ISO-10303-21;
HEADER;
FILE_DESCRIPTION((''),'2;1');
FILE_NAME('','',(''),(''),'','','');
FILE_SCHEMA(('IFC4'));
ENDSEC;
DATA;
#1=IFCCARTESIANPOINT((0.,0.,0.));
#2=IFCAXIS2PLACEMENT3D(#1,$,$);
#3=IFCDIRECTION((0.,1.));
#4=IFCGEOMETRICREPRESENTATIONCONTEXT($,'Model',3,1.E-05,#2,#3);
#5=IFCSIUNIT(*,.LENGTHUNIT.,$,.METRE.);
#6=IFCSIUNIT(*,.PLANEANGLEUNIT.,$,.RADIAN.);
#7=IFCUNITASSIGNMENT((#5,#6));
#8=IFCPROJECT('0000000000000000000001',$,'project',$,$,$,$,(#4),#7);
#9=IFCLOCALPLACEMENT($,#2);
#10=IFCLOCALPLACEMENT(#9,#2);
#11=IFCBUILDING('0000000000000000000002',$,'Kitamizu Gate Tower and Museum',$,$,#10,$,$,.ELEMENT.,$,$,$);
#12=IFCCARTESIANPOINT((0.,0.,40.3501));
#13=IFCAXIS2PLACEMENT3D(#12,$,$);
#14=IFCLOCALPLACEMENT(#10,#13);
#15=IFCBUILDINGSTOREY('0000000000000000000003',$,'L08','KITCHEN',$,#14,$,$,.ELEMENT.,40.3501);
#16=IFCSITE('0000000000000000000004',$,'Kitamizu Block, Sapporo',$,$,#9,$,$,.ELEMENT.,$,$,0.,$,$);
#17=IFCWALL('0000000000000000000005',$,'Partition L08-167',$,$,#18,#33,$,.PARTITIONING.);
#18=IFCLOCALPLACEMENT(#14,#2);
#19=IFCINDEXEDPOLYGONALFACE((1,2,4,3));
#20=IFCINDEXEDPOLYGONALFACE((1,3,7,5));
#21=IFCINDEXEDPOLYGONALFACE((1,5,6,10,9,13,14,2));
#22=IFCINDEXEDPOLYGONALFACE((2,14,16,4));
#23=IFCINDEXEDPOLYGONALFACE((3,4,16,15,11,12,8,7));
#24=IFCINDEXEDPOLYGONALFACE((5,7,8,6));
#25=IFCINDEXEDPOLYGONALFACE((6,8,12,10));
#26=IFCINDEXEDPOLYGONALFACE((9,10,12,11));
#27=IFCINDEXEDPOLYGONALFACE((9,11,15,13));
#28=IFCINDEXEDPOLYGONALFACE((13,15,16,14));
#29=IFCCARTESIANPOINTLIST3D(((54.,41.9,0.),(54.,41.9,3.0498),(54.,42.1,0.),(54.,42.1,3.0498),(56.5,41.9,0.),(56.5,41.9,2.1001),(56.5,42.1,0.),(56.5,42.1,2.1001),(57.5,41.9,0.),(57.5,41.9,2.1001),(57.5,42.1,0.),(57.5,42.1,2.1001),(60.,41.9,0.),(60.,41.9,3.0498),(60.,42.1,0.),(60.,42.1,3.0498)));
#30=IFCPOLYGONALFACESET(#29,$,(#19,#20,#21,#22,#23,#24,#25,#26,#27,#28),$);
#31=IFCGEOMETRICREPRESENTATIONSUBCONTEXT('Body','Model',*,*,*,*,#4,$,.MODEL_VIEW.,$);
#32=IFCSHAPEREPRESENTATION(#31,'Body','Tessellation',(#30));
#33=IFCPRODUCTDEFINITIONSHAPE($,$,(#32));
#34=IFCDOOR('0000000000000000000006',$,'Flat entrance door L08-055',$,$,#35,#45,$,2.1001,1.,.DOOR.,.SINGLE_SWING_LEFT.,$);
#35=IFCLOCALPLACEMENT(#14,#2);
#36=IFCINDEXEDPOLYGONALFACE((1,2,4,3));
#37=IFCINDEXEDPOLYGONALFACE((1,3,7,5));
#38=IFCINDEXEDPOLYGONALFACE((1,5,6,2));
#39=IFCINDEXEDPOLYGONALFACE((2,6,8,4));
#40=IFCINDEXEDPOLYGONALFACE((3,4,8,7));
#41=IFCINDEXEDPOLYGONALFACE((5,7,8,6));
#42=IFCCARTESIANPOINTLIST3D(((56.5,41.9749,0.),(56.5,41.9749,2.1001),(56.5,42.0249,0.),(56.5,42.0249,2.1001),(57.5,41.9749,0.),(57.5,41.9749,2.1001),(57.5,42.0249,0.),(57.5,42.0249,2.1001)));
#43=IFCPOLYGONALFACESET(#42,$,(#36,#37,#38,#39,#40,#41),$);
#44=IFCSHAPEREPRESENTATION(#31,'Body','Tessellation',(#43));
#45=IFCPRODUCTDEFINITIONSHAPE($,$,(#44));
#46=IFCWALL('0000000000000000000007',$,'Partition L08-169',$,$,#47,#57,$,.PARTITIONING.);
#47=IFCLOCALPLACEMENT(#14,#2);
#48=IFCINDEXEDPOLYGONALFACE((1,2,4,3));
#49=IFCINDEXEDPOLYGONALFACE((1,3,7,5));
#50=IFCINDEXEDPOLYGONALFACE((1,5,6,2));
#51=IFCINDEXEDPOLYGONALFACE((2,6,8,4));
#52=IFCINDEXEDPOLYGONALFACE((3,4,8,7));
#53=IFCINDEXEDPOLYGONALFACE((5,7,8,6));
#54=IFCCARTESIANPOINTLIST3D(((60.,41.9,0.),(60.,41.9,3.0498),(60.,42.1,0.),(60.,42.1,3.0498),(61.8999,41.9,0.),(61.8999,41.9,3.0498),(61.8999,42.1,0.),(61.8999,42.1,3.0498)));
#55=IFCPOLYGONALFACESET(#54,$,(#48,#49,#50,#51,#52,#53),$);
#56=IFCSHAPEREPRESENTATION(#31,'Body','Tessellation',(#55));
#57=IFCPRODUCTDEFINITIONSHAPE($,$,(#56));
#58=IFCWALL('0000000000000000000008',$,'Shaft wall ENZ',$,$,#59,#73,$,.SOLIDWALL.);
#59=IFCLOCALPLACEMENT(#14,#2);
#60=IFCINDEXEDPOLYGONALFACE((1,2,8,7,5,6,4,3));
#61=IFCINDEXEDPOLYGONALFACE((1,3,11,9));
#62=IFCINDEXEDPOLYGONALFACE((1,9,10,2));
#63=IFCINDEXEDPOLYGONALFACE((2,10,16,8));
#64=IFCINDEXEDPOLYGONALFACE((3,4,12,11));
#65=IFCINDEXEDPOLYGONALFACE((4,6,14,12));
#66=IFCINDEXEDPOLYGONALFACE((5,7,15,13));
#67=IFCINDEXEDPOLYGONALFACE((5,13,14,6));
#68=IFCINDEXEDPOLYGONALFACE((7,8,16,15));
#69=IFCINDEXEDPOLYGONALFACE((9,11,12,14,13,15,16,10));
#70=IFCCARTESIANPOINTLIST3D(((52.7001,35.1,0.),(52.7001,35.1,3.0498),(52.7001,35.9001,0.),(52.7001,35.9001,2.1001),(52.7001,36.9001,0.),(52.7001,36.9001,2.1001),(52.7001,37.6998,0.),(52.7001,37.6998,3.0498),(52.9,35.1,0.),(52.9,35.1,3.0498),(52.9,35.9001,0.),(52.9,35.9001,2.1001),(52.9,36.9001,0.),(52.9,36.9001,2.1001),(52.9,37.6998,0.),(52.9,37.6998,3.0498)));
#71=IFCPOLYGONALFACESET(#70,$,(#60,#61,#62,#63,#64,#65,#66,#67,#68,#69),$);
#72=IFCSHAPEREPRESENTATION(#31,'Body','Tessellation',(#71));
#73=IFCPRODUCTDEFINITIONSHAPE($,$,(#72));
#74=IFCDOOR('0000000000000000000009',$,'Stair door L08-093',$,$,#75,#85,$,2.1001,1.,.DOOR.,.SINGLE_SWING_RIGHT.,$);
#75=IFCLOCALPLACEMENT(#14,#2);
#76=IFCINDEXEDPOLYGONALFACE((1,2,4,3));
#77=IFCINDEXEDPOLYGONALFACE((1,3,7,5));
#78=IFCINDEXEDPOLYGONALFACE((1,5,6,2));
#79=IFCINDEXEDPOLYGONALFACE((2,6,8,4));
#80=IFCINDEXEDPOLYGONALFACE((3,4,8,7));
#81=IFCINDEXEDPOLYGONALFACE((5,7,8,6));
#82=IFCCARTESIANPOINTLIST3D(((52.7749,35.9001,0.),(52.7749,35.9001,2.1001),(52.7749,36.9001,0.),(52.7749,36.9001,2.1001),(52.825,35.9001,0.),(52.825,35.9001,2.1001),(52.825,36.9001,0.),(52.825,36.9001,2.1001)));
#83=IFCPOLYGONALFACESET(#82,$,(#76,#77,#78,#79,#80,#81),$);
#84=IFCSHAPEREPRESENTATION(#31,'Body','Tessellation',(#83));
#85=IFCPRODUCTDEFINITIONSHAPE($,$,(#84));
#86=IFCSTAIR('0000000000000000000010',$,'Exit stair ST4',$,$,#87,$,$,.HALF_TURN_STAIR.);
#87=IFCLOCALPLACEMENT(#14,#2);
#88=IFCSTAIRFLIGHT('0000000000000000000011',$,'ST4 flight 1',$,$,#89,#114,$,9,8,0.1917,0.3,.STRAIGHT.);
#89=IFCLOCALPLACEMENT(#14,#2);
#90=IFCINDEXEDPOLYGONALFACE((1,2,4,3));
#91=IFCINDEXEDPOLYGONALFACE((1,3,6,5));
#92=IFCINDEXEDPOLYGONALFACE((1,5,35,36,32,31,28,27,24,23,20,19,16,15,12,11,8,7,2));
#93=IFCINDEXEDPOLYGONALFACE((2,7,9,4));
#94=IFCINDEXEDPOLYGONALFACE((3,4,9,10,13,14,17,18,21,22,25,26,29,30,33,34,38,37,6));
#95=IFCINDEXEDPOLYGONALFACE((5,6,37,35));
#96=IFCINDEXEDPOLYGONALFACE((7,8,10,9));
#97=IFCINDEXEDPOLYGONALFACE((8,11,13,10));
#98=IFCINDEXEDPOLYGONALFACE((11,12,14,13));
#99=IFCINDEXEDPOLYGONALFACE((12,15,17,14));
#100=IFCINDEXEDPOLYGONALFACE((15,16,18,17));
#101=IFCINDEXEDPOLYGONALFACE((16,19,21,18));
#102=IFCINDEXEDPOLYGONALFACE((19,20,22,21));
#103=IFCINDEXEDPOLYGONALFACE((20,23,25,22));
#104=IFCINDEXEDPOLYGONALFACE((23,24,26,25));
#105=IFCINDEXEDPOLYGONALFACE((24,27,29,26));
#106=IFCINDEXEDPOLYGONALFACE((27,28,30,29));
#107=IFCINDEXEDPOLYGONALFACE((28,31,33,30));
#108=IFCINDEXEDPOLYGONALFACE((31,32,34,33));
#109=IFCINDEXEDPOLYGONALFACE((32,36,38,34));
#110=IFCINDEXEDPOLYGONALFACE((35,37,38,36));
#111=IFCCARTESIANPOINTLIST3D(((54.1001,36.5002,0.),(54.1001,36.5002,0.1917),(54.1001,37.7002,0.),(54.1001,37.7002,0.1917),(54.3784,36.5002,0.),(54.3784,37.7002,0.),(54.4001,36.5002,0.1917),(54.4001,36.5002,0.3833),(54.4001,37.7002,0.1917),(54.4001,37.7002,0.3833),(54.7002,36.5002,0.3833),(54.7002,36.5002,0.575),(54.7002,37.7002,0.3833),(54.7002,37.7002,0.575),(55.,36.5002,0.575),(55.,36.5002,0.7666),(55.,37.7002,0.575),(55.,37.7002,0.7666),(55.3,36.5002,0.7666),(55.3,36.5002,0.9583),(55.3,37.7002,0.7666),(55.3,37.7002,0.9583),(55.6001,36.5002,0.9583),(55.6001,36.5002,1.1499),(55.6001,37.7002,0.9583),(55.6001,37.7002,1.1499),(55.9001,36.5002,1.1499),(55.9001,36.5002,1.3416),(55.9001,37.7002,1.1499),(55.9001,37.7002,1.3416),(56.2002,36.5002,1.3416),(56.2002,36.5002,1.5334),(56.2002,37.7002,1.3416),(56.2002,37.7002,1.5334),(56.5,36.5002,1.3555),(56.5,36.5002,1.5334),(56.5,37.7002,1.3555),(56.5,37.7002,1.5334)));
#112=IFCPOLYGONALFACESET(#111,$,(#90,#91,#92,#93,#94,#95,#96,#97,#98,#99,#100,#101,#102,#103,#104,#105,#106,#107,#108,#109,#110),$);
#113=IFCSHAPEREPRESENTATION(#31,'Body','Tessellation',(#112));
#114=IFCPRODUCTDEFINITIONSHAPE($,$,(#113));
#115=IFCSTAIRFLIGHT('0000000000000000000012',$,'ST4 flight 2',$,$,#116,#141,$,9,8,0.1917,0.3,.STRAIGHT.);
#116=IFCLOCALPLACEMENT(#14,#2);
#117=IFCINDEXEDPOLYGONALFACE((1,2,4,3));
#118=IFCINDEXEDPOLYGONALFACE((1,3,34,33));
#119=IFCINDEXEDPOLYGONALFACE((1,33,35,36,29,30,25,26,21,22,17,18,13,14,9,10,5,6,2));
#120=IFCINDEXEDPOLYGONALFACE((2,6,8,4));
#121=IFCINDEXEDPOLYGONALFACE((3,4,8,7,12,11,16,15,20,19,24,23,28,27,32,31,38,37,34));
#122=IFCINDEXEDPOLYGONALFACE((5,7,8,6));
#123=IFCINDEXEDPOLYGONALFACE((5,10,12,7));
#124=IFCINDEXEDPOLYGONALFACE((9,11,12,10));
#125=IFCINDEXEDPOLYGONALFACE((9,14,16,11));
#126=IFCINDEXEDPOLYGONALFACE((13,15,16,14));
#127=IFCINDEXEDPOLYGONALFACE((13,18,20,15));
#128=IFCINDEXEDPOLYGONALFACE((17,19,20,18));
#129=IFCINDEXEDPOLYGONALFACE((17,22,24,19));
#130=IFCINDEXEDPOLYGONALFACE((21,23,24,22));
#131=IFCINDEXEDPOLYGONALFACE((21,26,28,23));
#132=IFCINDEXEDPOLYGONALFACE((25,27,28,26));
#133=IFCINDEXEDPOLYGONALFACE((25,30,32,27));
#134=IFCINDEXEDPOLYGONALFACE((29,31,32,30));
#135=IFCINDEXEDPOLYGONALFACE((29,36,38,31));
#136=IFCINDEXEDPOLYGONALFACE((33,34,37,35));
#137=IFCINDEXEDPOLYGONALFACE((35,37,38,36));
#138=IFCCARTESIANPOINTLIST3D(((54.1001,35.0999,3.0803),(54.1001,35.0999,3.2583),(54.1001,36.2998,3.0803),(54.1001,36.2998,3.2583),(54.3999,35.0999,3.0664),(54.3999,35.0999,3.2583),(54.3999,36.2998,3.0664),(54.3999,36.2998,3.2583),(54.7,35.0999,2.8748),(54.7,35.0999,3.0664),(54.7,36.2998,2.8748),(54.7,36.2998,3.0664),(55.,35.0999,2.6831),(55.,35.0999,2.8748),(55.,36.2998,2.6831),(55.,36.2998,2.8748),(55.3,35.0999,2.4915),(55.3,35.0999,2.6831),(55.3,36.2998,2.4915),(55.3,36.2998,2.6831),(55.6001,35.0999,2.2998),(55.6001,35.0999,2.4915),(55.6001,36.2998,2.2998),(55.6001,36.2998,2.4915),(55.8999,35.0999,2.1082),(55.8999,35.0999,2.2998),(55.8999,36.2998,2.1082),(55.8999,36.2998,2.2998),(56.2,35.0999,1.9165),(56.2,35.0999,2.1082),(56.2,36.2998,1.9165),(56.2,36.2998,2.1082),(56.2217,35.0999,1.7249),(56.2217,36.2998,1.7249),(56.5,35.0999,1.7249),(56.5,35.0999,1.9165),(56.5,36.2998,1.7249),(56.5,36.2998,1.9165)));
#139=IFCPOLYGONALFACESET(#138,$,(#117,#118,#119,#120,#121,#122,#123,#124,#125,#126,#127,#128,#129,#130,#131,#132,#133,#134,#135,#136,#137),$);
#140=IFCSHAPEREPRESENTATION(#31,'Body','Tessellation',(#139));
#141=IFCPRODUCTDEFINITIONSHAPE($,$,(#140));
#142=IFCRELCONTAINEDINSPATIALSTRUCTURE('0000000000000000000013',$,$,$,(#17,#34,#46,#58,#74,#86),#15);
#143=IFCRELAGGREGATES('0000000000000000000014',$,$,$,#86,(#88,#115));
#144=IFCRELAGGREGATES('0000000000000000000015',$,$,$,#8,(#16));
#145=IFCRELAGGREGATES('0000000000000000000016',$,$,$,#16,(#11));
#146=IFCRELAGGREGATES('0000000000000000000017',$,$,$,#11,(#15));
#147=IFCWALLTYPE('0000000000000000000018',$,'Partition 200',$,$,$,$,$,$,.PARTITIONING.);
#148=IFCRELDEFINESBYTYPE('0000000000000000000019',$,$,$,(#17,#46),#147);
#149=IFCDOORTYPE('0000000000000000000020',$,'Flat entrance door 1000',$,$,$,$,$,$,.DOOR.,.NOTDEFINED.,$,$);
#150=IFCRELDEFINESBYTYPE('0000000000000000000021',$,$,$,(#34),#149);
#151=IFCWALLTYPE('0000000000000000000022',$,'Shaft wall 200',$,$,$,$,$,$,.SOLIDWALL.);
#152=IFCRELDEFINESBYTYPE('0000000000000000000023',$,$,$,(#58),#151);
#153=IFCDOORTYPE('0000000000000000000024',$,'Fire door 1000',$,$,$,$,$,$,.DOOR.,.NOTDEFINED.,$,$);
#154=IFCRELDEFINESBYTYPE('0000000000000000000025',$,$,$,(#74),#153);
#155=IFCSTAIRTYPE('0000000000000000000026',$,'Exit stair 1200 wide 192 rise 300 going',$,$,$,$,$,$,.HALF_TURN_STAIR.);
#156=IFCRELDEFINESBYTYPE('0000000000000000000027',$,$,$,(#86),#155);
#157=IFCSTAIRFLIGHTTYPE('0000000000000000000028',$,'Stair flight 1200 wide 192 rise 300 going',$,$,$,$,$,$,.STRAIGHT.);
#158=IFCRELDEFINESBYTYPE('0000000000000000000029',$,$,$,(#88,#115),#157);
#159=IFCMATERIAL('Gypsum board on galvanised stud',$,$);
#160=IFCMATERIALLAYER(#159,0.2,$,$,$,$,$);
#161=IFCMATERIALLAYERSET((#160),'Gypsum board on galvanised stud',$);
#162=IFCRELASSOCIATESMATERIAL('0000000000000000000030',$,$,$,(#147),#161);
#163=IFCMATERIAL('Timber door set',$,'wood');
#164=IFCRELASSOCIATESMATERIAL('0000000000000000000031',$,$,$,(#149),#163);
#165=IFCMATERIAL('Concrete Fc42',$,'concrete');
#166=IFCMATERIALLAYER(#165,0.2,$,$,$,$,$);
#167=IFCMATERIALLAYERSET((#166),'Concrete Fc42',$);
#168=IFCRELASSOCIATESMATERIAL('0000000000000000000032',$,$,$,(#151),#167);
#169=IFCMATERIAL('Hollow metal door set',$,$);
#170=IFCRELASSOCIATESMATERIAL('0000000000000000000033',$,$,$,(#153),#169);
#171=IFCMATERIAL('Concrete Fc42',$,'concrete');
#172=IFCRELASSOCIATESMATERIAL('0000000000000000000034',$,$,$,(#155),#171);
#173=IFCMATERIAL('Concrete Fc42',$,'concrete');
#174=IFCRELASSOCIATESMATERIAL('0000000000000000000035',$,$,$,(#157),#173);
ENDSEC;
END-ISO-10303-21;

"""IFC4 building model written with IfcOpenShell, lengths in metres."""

from ifc_helpers import new_model, si_unit, direction, frame, frame_2d, origin, place, context, subcontext, project, spatial, polyline, rectangle, outline, extrude, material, layer, layer_set, type_object, element, fill, aggregate, save


model = new_model("IFC4")

# Units and contexts
model_context = context("Model", 3, precision=1e-05, world=origin(), true_north=direction((0.0, 1.0)))
body_context = subcontext(model_context, "Body", "Model", "MODEL_VIEW")
ifc_project = project(units=[si_unit("LENGTHUNIT", "METRE"), si_unit("PLANEANGLEUNIT", "RADIAN")], contexts=[model_context])

# Site, building, storey
site_placement = place(None, origin())
site = spatial("IfcSite", under=ifc_project, at=site_placement, Name="Kitamizu Block, Sapporo", CompositionType="ELEMENT", RefElevation=0.0)
building_placement = place(site_placement, origin())
building = spatial("IfcBuilding", under=site, at=building_placement, Name="Kitamizu Gate Tower and Museum", CompositionType="ELEMENT")
storey_placement = place(building_placement, frame((0.0, 0.0, 40.3501)))
storey = spatial("IfcBuildingStorey", under=building, at=storey_placement, Name="L08", Description="KITCHEN", CompositionType="ELEMENT", Elevation=40.3501)

# Wall, opening, door
ifc_material_1 = material(Name="Gypsum board on galvanised stud")
ifc_layer_1 = layer(ifc_material_1, 0.2)
ifc_layer_set_1 = layer_set([ifc_layer_1], Name="Gypsum board on galvanised stud")
wall_type_1 = type_object("IfcWallType", Name="Partition 200", PredefinedType="PARTITIONING", material=ifc_layer_set_1)
wall_1_placement = place(storey_placement, frame((54.0, 42.0, 0.0), z_axis=(0.0, 0.0, 1.0), x_axis=(1.0, 0.0, 0.0)))
wall_1 = element("IfcWall", 1, at=wall_1_placement, inside=storey, type_object=wall_type_1, Name="Partition L08-167", PredefinedType="PARTITIONING", context=body_context, shape_type="SweptSolid", body=[
    extrude(rectangle(XDim=6.0, YDim=0.2, at=frame_2d((3.0, 0.0))), origin(), (0.0, 0.0, 1.0), 3.0498),
])
opening_1_placement = place(wall_1_placement, frame((2.5, 0.0, 0.0)))
opening_1 = element("IfcOpeningElement", 2, at=opening_1_placement, cuts=wall_1, PredefinedType="OPENING", context=body_context, shape_type="SweptSolid", body=[
    extrude(rectangle(XDim=1.0, YDim=2.1001, at=frame_2d((0.5, 1.05))), frame((0.0, 0.1099, 0.0), z_axis=(0.0, -1.0, 0.0), x_axis=(1.0, 0.0, 0.0)), (0.0, 0.0, 1.0), 0.22),
])
ifc_material_2 = material(Name="Timber door set", Category="wood")
door_type_1 = type_object("IfcDoorType", Name="Flat entrance door 1000", OperationType="NOTDEFINED", PredefinedType="DOOR", material=ifc_material_2)
door_1_placement = place(opening_1_placement, origin())
door_1 = element("IfcDoor", 3, at=door_1_placement, inside=storey, type_object=door_type_1, Name="Flat entrance door L08-055", OperationType="SINGLE_SWING_LEFT", OverallHeight=2.1001, OverallWidth=1.0, PredefinedType="DOOR", context=body_context, shape_type="SweptSolid", body=[
    extrude(rectangle(XDim=1.0, YDim=2.1001, at=frame_2d((0.5, 1.05))), frame((0.0, 0.0249, 0.0), z_axis=(0.0, -1.0, 0.0), x_axis=(1.0, 0.0, 0.0)), (0.0, 0.0, 1.0), 0.05),
])
fill(opening_1, door_1)

# Wall
wall_2_placement = place(storey_placement, frame((60.0, 42.0, 0.0), z_axis=(0.0, 0.0, 1.0), x_axis=(1.0, 0.0, 0.0)))
element("IfcWall", 4, at=wall_2_placement, inside=storey, type_object=wall_type_1, Name="Partition L08-169", PredefinedType="PARTITIONING", context=body_context, shape_type="SweptSolid", body=[
    extrude(rectangle(XDim=1.8999, YDim=0.2, at=frame_2d((0.95, 0.0))), origin(), (0.0, 0.0, 1.0), 3.0498),
])

# Wall, opening, door
ifc_material_3 = material(Name="Concrete Fc42", Category="concrete")
ifc_layer_2 = layer(ifc_material_3, 0.2)
ifc_layer_set_2 = layer_set([ifc_layer_2], Name="Concrete Fc42")
wall_type_2 = type_object("IfcWallType", Name="Shaft wall 200", PredefinedType="SOLIDWALL", material=ifc_layer_set_2)
wall_3_placement = place(storey_placement, frame((52.8, 35.1001, 0.0), z_axis=(0.0, 0.0, 1.0), x_axis=(0.0, 1.0, 0.0)))
wall_3 = element("IfcWall", 5, at=wall_3_placement, inside=storey, type_object=wall_type_2, Name="Shaft wall ENZ", PredefinedType="SOLIDWALL", context=body_context, shape_type="SweptSolid", body=[
    extrude(rectangle(XDim=2.5999, YDim=0.2, at=frame_2d((1.2998, 0.0))), origin(), (0.0, 0.0, 1.0), 3.0498),
])
opening_2_placement = place(wall_3_placement, frame((0.8, 0.0, 0.0)))
opening_2 = element("IfcOpeningElement", 6, at=opening_2_placement, cuts=wall_3, PredefinedType="OPENING", context=body_context, shape_type="SweptSolid", body=[
    extrude(rectangle(XDim=1.0, YDim=2.1001, at=frame_2d((0.5, 1.05))), frame((0.0, 0.1099, 0.0), z_axis=(0.0, -1.0, 0.0), x_axis=(1.0, 0.0, 0.0)), (0.0, 0.0, 1.0), 0.22),
])
ifc_material_4 = material(Name="Hollow metal door set")
door_type_2 = type_object("IfcDoorType", Name="Fire door 1000", OperationType="NOTDEFINED", PredefinedType="DOOR", material=ifc_material_4)
door_2_placement = place(opening_2_placement, frame((1.0, 0.0, 0.0), x_axis=(-1.0, 0.0, 0.0)))
door_2 = element("IfcDoor", 7, at=door_2_placement, inside=storey, type_object=door_type_2, Name="Stair door L08-093", OperationType="SINGLE_SWING_RIGHT", OverallHeight=2.1001, OverallWidth=1.0, PredefinedType="DOOR", context=body_context, shape_type="SweptSolid", body=[
    extrude(rectangle(XDim=1.0, YDim=2.1001, at=frame_2d((0.5, 1.05))), frame((0.0, 0.0249, 0.0), z_axis=(0.0, -1.0, 0.0), x_axis=(1.0, 0.0, 0.0)), (0.0, 0.0, 1.0), 0.05),
])
fill(opening_2, door_2)

# Stair, stair flights
ifc_material_5 = material(Name="Concrete Fc42", Category="concrete")
stair_type = type_object("IfcStairType", Name="Exit stair 1200 wide 192 rise 300 going", PredefinedType="HALF_TURN_STAIR", material=ifc_material_5)
stair_placement = place(storey_placement, origin())
stair = element("IfcStair", 8, at=stair_placement, inside=storey, type_object=stair_type, Name="Exit stair ST4", PredefinedType="HALF_TURN_STAIR")
ifc_material_6 = material(Name="Concrete Fc42", Category="concrete")
stair_flight_type = type_object("IfcStairFlightType", Name="Stair flight 1200 wide 192 rise 300 going", PredefinedType="STRAIGHT", material=ifc_material_6)
stair_flight_1_placement = place(storey_placement, frame((54.1001, 37.1001, 0.0), z_axis=(0.0, 0.0, 1.0), x_axis=(1.0, 0.0, 0.0)))
stair_flight_1 = element("IfcStairFlight", 9, at=stair_flight_1_placement, type_object=stair_flight_type, Name="ST4 flight 1", NumberOfRisers=9, NumberOfTreads=8, PredefinedType="STRAIGHT", RiserHeight=0.1917, TreadLength=0.3, context=body_context, shape_type="SweptSolid", body=[
    extrude(outline(polyline([(0.0, 0.0), (0.0, 0.1917), (0.3, 0.1917), (0.3, 0.3833), (0.6001, 0.3833), (0.6001, 0.575), (0.8999, 0.575), (0.8999, 0.7666), (1.2, 0.7666), (1.2, 0.9583), (1.5, 0.9583), (1.5, 1.1499), (1.8, 1.1499), (1.8, 1.3416), (2.1001, 1.3416), (2.1001, 1.5334), (2.3999, 1.5334), (2.3999, 1.7251), (2.3999, 1.3555), (0.2783, 0.0), (0.0, 0.0)])), frame((0.0, 0.6001, 0.0), z_axis=(0.0, -1.0, 0.0), x_axis=(1.0, 0.0, 0.0)), (0.0, 0.0, 1.0), 1.2),
])
stair_flight_2_placement = place(storey_placement, frame((56.5, 35.7, 1.7249), z_axis=(0.0, 0.0, 1.0), x_axis=(-1.0, 0.0, 0.0)))
stair_flight_2 = element("IfcStairFlight", 10, at=stair_flight_2_placement, type_object=stair_flight_type, Name="ST4 flight 2", NumberOfRisers=9, NumberOfTreads=8, PredefinedType="STRAIGHT", RiserHeight=0.1917, TreadLength=0.3, context=body_context, shape_type="SweptSolid", body=[
    extrude(outline(polyline([(0.0, 0.0), (0.0, 0.1917), (0.3, 0.1917), (0.3, 0.3833), (0.6001, 0.3833), (0.6001, 0.575), (0.8999, 0.575), (0.8999, 0.7666), (1.2, 0.7666), (1.2, 0.9583), (1.5, 0.9583), (1.5, 1.1499), (1.8, 1.1499), (1.8, 1.3416), (2.1001, 1.3416), (2.1001, 1.5334), (2.3999, 1.5334), (2.3999, 1.7251), (2.3999, 1.3555), (0.2783, 0.0), (0.0, 0.0)])), frame((0.0, 0.6001, 0.0), z_axis=(0.0, -1.0, 0.0), x_axis=(1.0, 0.0, 0.0)), (0.0, 0.0, 1.0), 1.2),
])
aggregate(stair, [stair_flight_1, stair_flight_2])

save(model, "model.ifc")
